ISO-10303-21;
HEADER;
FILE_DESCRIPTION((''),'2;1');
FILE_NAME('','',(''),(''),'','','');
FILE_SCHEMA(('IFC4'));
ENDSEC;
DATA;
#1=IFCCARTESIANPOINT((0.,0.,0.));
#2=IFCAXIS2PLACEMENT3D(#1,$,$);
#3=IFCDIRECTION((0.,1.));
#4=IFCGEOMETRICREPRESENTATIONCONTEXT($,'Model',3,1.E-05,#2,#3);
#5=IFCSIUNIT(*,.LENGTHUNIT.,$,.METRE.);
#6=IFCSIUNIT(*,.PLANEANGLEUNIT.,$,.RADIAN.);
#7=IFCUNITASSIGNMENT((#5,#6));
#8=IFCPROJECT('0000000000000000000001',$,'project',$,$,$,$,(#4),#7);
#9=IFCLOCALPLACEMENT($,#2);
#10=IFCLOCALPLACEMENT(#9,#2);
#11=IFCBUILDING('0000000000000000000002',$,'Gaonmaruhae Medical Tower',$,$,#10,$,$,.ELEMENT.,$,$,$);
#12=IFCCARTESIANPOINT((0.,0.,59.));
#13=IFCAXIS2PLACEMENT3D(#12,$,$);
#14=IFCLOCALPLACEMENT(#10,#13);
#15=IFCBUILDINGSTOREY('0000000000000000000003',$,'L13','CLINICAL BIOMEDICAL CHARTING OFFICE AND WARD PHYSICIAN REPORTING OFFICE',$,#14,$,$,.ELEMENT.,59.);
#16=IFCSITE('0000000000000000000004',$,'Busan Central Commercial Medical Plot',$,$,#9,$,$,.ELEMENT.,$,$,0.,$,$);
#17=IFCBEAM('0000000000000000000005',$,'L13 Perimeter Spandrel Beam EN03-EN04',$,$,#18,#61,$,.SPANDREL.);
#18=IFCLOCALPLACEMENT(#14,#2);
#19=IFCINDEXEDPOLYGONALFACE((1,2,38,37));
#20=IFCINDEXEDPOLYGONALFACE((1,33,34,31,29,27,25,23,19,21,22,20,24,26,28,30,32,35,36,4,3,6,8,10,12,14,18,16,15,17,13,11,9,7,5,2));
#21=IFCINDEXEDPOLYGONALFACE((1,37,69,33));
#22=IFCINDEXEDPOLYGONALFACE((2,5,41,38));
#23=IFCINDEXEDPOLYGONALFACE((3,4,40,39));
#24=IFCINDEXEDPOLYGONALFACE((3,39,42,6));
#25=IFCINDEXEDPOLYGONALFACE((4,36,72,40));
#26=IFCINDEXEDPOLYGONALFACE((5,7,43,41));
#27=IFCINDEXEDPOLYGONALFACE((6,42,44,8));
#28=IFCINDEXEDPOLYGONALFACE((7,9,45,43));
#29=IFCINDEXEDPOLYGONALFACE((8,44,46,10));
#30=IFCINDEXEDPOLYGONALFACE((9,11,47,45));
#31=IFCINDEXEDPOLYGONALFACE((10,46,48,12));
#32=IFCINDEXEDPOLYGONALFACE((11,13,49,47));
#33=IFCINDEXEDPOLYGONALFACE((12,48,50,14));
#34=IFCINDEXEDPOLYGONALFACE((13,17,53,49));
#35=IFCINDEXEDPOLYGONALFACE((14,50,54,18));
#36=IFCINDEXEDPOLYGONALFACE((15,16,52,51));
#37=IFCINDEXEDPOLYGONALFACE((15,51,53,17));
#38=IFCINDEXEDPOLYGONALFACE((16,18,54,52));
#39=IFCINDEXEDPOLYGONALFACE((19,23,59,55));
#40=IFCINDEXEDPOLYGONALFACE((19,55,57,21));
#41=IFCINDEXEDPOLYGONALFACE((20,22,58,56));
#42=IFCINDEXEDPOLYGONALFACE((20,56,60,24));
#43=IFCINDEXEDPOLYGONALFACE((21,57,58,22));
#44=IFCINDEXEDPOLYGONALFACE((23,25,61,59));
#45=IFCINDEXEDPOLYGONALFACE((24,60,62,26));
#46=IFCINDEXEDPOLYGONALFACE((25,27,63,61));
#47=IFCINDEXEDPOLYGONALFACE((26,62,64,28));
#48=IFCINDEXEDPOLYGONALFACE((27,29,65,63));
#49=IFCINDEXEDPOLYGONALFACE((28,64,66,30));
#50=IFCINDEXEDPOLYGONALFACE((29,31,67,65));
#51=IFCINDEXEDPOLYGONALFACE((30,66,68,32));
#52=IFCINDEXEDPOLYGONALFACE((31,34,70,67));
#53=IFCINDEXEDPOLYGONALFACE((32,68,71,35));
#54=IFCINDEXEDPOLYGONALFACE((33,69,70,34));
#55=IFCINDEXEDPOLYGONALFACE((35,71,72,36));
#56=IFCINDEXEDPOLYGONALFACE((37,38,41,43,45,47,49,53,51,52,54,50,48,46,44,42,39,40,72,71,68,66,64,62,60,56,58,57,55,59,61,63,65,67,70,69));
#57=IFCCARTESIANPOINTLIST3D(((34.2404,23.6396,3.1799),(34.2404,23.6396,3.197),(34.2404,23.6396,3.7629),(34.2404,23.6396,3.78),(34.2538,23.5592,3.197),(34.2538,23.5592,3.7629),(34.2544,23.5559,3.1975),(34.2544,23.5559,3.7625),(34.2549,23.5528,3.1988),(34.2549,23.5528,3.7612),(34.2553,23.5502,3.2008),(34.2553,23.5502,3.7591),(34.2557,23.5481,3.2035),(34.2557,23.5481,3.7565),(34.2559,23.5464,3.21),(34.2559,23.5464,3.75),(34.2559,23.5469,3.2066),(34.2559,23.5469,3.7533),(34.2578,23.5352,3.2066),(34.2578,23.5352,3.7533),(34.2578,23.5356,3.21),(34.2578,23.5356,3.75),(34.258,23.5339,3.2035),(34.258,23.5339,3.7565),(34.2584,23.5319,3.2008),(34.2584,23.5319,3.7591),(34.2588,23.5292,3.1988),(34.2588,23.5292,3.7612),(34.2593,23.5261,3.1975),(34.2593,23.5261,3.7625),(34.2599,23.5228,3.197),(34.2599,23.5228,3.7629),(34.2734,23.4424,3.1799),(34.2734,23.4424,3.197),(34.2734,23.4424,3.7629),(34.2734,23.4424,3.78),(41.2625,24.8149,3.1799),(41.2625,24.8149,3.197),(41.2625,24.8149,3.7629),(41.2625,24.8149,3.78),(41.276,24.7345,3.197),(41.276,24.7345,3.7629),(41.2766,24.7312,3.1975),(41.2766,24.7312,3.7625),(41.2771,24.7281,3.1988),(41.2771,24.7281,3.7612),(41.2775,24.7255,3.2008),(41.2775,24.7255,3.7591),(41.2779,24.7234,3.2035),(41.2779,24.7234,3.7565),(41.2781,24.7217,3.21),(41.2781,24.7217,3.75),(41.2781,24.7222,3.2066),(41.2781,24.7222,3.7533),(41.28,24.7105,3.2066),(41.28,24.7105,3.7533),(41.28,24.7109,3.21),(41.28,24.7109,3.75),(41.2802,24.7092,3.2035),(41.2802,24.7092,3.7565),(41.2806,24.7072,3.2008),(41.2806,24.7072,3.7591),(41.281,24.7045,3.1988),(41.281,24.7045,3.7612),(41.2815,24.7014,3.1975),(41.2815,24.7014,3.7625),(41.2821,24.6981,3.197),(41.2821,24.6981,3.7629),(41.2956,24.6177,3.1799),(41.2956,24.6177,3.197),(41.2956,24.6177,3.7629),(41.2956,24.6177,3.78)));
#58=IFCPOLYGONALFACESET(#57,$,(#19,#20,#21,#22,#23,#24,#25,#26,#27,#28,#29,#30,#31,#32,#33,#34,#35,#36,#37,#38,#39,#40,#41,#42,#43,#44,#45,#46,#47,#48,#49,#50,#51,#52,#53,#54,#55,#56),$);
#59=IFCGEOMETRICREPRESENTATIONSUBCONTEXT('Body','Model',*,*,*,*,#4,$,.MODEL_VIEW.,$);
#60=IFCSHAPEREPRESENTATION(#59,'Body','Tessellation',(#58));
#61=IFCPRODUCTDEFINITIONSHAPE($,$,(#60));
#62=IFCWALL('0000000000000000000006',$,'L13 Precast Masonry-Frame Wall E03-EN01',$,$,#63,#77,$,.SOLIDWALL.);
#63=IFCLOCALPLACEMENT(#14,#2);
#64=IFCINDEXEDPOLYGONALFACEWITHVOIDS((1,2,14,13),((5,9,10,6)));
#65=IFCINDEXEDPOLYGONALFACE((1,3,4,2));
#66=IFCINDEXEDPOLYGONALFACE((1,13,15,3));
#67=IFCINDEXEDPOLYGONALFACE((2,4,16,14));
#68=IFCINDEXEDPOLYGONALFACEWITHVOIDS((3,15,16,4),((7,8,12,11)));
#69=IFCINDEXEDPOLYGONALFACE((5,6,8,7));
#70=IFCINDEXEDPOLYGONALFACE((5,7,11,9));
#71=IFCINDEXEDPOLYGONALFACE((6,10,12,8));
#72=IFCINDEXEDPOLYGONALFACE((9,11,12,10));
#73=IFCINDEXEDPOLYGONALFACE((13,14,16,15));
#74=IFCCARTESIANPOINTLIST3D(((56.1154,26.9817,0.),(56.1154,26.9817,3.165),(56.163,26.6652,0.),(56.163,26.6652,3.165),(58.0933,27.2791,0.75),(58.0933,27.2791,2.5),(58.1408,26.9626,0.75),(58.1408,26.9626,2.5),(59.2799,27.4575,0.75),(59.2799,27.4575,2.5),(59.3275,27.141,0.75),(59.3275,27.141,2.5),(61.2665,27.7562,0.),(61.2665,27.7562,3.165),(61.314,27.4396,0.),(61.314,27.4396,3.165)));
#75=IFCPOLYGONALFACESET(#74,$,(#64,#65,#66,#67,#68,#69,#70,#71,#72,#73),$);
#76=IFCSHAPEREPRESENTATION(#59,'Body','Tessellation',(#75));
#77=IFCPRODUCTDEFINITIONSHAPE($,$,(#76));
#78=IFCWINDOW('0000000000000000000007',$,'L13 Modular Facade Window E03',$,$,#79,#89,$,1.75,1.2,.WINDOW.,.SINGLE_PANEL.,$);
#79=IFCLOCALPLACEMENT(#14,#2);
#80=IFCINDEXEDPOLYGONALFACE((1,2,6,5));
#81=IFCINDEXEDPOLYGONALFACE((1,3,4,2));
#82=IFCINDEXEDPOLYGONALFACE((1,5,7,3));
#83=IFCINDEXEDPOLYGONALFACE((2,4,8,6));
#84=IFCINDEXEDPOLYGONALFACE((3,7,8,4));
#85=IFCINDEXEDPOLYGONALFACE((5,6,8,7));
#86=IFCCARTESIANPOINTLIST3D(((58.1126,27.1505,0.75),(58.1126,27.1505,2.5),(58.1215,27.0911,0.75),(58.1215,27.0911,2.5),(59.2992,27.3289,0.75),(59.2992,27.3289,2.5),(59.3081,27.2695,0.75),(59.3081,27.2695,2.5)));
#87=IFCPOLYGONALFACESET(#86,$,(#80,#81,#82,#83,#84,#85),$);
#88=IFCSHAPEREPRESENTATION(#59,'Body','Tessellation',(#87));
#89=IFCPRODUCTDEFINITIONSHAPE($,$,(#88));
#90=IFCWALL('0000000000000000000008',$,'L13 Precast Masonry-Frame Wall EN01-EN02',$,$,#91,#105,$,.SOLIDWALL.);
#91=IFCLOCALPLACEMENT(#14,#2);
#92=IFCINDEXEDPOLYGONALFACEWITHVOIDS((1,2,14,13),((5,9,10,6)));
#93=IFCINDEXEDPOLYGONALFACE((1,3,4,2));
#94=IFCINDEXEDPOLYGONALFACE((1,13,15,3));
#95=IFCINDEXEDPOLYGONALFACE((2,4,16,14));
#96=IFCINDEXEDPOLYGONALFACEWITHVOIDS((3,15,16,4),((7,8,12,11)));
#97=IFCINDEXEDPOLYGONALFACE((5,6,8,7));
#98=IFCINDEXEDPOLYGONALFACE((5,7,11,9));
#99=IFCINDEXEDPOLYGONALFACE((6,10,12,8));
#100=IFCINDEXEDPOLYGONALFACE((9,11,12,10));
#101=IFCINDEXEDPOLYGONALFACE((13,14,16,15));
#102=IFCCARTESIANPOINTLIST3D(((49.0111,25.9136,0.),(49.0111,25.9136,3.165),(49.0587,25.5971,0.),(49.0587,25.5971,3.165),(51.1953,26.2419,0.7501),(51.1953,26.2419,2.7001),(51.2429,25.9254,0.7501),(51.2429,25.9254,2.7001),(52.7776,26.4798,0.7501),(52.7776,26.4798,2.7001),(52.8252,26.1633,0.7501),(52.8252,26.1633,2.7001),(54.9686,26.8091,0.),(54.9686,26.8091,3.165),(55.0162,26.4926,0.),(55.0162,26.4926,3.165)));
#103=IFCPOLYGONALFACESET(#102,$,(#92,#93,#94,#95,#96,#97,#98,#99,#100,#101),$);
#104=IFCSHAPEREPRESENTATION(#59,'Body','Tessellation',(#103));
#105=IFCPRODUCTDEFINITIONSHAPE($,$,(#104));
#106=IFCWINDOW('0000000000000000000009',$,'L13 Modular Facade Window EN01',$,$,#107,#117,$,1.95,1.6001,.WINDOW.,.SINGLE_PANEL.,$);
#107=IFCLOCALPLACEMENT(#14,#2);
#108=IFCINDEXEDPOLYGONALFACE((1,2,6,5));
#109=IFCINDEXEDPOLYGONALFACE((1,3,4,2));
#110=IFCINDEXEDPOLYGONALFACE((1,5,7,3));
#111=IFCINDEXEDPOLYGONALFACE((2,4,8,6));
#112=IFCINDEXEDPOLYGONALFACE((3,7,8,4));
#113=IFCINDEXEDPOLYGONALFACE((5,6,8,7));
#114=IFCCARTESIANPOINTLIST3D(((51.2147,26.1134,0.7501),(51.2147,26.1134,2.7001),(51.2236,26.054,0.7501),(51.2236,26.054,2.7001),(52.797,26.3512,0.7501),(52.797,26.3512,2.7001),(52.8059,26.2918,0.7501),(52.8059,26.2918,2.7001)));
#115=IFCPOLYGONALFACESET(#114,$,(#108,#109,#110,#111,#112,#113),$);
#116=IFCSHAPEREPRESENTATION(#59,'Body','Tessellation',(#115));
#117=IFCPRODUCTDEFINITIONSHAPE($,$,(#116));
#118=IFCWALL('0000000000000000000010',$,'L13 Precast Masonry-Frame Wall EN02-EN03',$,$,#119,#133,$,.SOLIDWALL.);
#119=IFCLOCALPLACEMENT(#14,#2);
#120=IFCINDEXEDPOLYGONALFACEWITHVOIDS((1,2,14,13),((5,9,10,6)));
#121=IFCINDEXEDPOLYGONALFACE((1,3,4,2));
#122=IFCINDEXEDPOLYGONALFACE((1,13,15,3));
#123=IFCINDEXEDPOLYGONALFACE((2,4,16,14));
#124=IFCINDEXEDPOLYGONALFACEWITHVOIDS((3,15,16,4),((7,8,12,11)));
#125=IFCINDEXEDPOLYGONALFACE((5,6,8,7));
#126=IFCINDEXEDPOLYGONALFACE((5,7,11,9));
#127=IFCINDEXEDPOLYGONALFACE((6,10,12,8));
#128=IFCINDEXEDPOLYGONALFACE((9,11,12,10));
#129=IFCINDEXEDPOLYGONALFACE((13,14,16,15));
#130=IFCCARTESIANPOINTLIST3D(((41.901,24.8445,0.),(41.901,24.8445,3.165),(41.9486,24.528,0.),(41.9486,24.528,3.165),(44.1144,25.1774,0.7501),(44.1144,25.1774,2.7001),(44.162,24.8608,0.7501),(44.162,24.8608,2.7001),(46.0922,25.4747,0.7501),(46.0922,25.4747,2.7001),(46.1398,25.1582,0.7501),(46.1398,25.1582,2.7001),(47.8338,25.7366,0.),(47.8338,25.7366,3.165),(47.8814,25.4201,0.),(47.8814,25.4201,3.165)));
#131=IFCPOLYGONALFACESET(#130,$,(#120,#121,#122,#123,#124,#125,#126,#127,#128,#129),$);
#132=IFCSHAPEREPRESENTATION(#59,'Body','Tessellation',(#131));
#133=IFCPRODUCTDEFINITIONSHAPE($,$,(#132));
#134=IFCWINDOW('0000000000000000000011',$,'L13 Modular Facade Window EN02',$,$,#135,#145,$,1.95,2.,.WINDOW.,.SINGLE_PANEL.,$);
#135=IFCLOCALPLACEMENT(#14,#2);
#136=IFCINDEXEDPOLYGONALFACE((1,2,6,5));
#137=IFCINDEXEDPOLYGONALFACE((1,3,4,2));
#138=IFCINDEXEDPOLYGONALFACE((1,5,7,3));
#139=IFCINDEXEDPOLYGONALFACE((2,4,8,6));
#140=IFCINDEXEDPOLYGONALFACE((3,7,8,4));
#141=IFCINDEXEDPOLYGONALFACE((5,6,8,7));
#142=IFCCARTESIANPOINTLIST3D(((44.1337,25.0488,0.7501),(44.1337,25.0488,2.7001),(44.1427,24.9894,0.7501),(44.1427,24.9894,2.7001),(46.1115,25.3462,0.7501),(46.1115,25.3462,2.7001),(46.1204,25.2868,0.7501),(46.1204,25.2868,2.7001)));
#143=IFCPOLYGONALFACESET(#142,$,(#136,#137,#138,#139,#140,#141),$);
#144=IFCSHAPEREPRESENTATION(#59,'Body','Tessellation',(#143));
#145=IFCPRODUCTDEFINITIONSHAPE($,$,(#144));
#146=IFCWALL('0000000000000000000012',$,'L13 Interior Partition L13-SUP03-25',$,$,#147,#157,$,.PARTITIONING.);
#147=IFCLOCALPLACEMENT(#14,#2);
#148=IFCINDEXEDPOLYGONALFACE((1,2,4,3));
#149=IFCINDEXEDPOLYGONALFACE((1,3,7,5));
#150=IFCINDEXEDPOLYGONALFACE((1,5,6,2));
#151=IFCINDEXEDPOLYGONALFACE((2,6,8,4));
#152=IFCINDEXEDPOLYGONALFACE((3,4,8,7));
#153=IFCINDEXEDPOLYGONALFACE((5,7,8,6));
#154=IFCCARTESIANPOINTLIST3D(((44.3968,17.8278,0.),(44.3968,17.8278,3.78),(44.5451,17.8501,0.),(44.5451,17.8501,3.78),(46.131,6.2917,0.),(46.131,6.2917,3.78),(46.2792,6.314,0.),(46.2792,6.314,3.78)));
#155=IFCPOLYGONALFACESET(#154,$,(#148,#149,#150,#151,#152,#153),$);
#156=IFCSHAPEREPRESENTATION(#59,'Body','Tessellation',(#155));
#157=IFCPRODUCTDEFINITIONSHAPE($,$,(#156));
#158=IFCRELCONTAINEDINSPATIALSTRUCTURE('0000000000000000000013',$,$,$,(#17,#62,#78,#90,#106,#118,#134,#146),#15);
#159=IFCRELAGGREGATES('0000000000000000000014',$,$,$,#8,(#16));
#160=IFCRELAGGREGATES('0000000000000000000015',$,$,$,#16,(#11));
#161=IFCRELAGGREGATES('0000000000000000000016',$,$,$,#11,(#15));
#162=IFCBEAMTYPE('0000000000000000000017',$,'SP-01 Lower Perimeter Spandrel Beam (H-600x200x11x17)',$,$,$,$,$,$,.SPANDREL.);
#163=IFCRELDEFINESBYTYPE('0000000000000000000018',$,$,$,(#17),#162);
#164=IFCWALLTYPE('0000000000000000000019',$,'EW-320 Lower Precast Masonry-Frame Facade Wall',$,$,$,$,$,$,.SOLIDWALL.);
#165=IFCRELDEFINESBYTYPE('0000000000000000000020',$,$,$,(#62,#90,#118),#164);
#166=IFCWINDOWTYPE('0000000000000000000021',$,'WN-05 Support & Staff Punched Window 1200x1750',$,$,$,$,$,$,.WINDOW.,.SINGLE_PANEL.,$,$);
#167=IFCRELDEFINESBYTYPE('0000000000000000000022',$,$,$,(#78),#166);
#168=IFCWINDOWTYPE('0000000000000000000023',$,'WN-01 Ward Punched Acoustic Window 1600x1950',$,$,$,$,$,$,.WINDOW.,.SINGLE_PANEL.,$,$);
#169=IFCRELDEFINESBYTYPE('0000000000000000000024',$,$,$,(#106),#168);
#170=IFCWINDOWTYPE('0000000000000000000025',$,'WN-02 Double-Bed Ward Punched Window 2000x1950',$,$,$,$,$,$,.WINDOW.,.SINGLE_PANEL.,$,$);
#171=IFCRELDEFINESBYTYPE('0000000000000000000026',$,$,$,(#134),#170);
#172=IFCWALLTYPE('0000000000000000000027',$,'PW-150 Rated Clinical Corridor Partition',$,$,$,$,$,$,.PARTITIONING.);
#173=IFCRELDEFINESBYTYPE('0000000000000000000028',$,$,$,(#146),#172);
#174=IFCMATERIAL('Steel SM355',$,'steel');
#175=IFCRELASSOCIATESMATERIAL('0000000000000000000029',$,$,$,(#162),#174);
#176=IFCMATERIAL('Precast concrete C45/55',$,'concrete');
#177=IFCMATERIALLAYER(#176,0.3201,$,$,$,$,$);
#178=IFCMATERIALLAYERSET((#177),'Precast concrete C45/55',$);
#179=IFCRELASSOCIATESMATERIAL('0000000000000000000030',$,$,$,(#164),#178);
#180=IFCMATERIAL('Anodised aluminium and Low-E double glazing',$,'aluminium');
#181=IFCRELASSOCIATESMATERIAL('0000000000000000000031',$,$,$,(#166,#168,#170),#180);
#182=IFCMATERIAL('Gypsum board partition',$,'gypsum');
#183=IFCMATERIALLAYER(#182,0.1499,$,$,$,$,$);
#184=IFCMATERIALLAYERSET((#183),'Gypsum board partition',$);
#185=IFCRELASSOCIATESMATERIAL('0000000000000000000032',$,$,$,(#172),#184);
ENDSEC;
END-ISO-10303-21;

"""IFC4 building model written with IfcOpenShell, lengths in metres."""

from ifc_helpers import new_model, si_unit, direction, frame, frame_2d, origin, origin_2d, place, context, subcontext, project, spatial, rectangle, i_section, extrude, material, layer, layer_set, material_profile, profile_set, type_object, element, fill, save


model = new_model("IFC4")

# Units and contexts
model_context = context("Model", 3, precision=1e-05, world=origin(), true_north=direction((0.0, 1.0)))
body_context = subcontext(model_context, "Body", "Model", "MODEL_VIEW")
ifc_project = project(units=[si_unit("LENGTHUNIT", "METRE"), si_unit("PLANEANGLEUNIT", "RADIAN")], contexts=[model_context])

# Site, building, storey
site_placement = place(None, origin())
site = spatial("IfcSite", under=ifc_project, at=site_placement, Name="Busan Central Commercial Medical Plot", CompositionType="ELEMENT", RefElevation=0.0)
building_placement = place(site_placement, origin())
building = spatial("IfcBuilding", under=site, at=building_placement, Name="Gaonmaruhae Medical Tower", CompositionType="ELEMENT")
storey_placement = place(building_placement, frame((0.0, 0.0, 59.0)))
storey = spatial("IfcBuildingStorey", under=building, at=storey_placement, Name="L13", Description="CLINICAL BIOMEDICAL CHARTING OFFICE AND WARD PHYSICIAN REPORTING OFFICE", CompositionType="ELEMENT", Elevation=59.0)

# Beam
ifc_material_1 = material(Name="Steel SM355", Category="steel")
ifc_material_profile_1 = material_profile(ifc_material_1, i_section(OverallWidth=0.2, OverallDepth=0.6001, WebThickness=0.011, FlangeThickness=0.0171, FilletRadius=0.0129, at=origin_2d()), Name="H-600x200x11x17")
ifc_profile_set_1 = profile_set([ifc_material_profile_1], Name="Steel SM355")
beam_type_1 = type_object("IfcBeamType", Name="SP-01 Lower Perimeter Spandrel Beam (H-600x200x11x17)", PredefinedType="SPANDREL", material=ifc_profile_set_1)
for number, where, z_axis, x_axis, name in (
    (1, (41.2791, 24.7163, 3.48), (-0.986282, -0.165072, 0.0), (0.165072, -0.986282, 0.0), "L13 Perimeter Spandrel Beam EN03-EN04"),
):
    element("IfcBeam", number, at=place(storey_placement, frame(where, z_axis=z_axis, x_axis=x_axis)), inside=storey, type_object=beam_type_1, Name=name, PredefinedType="SPANDREL", context=body_context, shape_type="SweptSolid", body=[
        extrude(i_section(OverallWidth=0.2, OverallDepth=0.6001, WebThickness=0.011, FlangeThickness=0.0171, FilletRadius=0.0129, at=origin_2d()), origin(), (0.0, 0.0, 1.0), 7.1199),
    ])

# Walls, openings, windows
ifc_material_2 = material(Name="Precast concrete C45/55", Category="concrete")
ifc_layer_1 = layer(ifc_material_2, 0.3201)
ifc_layer_set_1 = layer_set([ifc_layer_1], Name="Precast concrete C45/55")
wall_type_1 = type_object("IfcWallType", Name="EW-320 Lower Precast Masonry-Frame Facade Wall", PredefinedType="SOLIDWALL", material=ifc_layer_set_1)
wall_1_placement = place(storey_placement, frame((56.1392, 26.8235, 0.0), z_axis=(0.0, 0.0, 1.0), x_axis=(0.988887, 0.148668, 0.0)))
wall_1 = element("IfcWall", 2, at=wall_1_placement, inside=storey, type_object=wall_type_1, Name="L13 Precast Masonry-Frame Wall E03-EN01", PredefinedType="SOLIDWALL", context=body_context, shape_type="SweptSolid", body=[
    extrude(rectangle(XDim=5.209, YDim=0.3201, at=frame_2d((2.6045, 0.0))), origin(), (0.0, 0.0, 1.0), 3.165),
])
opening_1_placement = place(wall_1_placement, frame((2.0, 0.0, 0.75)))
opening_1 = element("IfcOpeningElement", 3, at=opening_1_placement, cuts=wall_1, PredefinedType="OPENING", context=body_context, shape_type="SweptSolid", body=[
    extrude(rectangle(XDim=1.2, YDim=1.75, at=frame_2d((0.6001, 0.875))), frame((0.0, 0.1699, 0.0), z_axis=(0.0, -1.0, 0.0), x_axis=(1.0, 0.0, 0.0)), (0.0, 0.0, 1.0), 0.3401),
])
ifc_material_3 = material(Name="Anodised aluminium and Low-E double glazing", Category="aluminium")
window_type_1 = type_object("IfcWindowType", Name="WN-05 Support & Staff Punched Window 1200x1750", PartitioningType="SINGLE_PANEL", PredefinedType="WINDOW", material=ifc_material_3)
window_1_placement = place(opening_1_placement, origin())
window_1 = element("IfcWindow", 4, at=window_1_placement, inside=storey, type_object=window_type_1, Name="L13 Modular Facade Window E03", OverallHeight=1.75, OverallWidth=1.2, PartitioningType="SINGLE_PANEL", PredefinedType="WINDOW", context=body_context, shape_type="SweptSolid", body=[
    extrude(rectangle(XDim=1.2, YDim=1.75, at=frame_2d((0.6001, 0.875))), frame((0.0, 0.03, 0.0), z_axis=(0.0, -1.0, 0.0), x_axis=(1.0, 0.0, 0.0)), (0.0, 0.0, 1.0), 0.0601),
])
fill(opening_1, window_1)
wall_2_placement = place(storey_placement, frame((49.0349, 25.7554, 0.0), z_axis=(0.0, 0.0, 1.0), x_axis=(0.988891, 0.148646, 0.0)))
wall_2 = element("IfcWall", 5, at=wall_2_placement, inside=storey, type_object=wall_type_1, Name="L13 Precast Masonry-Frame Wall EN01-EN02", PredefinedType="SOLIDWALL", context=body_context, shape_type="SweptSolid", body=[
    extrude(rectangle(XDim=6.0244, YDim=0.3201, at=frame_2d((3.0122, 0.0))), origin(), (0.0, 0.0, 1.0), 3.165),
])
opening_2_placement = place(wall_2_placement, frame((2.2087, 0.0, 0.75)))
opening_2 = element("IfcOpeningElement", 6, at=opening_2_placement, cuts=wall_2, PredefinedType="OPENING", context=body_context, shape_type="SweptSolid", body=[
    extrude(rectangle(XDim=1.6001, YDim=1.95, at=frame_2d((0.8, 0.9751))), frame((0.0, 0.1699, 0.0), z_axis=(0.0, -1.0, 0.0), x_axis=(1.0, 0.0, 0.0)), (0.0, 0.0, 1.0), 0.3401),
])
window_type_2 = type_object("IfcWindowType", Name="WN-01 Ward Punched Acoustic Window 1600x1950", PartitioningType="SINGLE_PANEL", PredefinedType="WINDOW", material=ifc_material_3)
window_2_placement = place(opening_2_placement, origin())
window_2 = element("IfcWindow", 7, at=window_2_placement, inside=storey, type_object=window_type_2, Name="L13 Modular Facade Window EN01", OverallHeight=1.95, OverallWidth=1.6001, PartitioningType="SINGLE_PANEL", PredefinedType="WINDOW", context=body_context, shape_type="SweptSolid", body=[
    extrude(rectangle(XDim=1.6001, YDim=1.95, at=frame_2d((0.8, 0.9751))), frame((0.0, 0.03, 0.0), z_axis=(0.0, -1.0, 0.0), x_axis=(1.0, 0.0, 0.0)), (0.0, 0.0, 1.0), 0.0601),
])
fill(opening_2, window_2)
wall_3_placement = place(storey_placement, frame((41.9248, 24.6863, 0.0), z_axis=(0.0, 0.0, 1.0), x_axis=(0.988883, 0.148693, 0.0)))
wall_3 = element("IfcWall", 8, at=wall_3_placement, inside=storey, type_object=wall_type_1, Name="L13 Precast Masonry-Frame Wall EN02-EN03", PredefinedType="SOLIDWALL", context=body_context, shape_type="SweptSolid", body=[
    extrude(rectangle(XDim=5.9995, YDim=0.3201, at=frame_2d((2.9998, 0.0))), origin(), (0.0, 0.0, 1.0), 3.165),
])
opening_3_placement = place(wall_3_placement, frame((2.2383, 0.0, 0.75)))
opening_3 = element("IfcOpeningElement", 9, at=opening_3_placement, cuts=wall_3, PredefinedType="OPENING", context=body_context, shape_type="SweptSolid", body=[
    extrude(rectangle(XDim=2.0, YDim=1.95, at=frame_2d((1.0, 0.9751))), frame((0.0, 0.1699, 0.0), z_axis=(0.0, -1.0, 0.0), x_axis=(1.0, 0.0, 0.0)), (0.0, 0.0, 1.0), 0.3401),
])
window_type_3 = type_object("IfcWindowType", Name="WN-02 Double-Bed Ward Punched Window 2000x1950", PartitioningType="SINGLE_PANEL", PredefinedType="WINDOW", material=ifc_material_3)
window_3_placement = place(opening_3_placement, origin())
window_3 = element("IfcWindow", 10, at=window_3_placement, inside=storey, type_object=window_type_3, Name="L13 Modular Facade Window EN02", OverallHeight=1.95, OverallWidth=2.0, PartitioningType="SINGLE_PANEL", PredefinedType="WINDOW", context=body_context, shape_type="SweptSolid", body=[
    extrude(rectangle(XDim=2.0, YDim=1.95, at=frame_2d((1.0, 0.9751))), frame((0.0, 0.03, 0.0), z_axis=(0.0, -1.0, 0.0), x_axis=(1.0, 0.0, 0.0)), (0.0, 0.0, 1.0), 0.0601),
])
fill(opening_3, window_3)

# Wall
ifc_material_4 = material(Name="Gypsum board partition", Category="gypsum")
ifc_layer_2 = layer(ifc_material_4, 0.1499)
ifc_layer_set_2 = layer_set([ifc_layer_2], Name="Gypsum board partition")
wall_type_2 = type_object("IfcWallType", Name="PW-150 Rated Clinical Corridor Partition", PredefinedType="PARTITIONING", material=ifc_layer_set_2)
wall_4_placement = place(storey_placement, frame((44.4709, 17.8391, 0.0), z_axis=(0.0, 0.0, 1.0), x_axis=(0.148652, -0.98889, 0.0)))
element("IfcWall", 11, at=wall_4_placement, inside=storey, type_object=wall_type_2, Name="L13 Interior Partition L13-SUP03-25", PredefinedType="PARTITIONING", context=body_context, shape_type="SweptSolid", body=[
    extrude(rectangle(XDim=11.6658, YDim=0.1499, at=frame_2d((5.833, 0.0))), origin(), (0.0, 0.0, 1.0), 3.78),
])

save(model, "model.ifc")
